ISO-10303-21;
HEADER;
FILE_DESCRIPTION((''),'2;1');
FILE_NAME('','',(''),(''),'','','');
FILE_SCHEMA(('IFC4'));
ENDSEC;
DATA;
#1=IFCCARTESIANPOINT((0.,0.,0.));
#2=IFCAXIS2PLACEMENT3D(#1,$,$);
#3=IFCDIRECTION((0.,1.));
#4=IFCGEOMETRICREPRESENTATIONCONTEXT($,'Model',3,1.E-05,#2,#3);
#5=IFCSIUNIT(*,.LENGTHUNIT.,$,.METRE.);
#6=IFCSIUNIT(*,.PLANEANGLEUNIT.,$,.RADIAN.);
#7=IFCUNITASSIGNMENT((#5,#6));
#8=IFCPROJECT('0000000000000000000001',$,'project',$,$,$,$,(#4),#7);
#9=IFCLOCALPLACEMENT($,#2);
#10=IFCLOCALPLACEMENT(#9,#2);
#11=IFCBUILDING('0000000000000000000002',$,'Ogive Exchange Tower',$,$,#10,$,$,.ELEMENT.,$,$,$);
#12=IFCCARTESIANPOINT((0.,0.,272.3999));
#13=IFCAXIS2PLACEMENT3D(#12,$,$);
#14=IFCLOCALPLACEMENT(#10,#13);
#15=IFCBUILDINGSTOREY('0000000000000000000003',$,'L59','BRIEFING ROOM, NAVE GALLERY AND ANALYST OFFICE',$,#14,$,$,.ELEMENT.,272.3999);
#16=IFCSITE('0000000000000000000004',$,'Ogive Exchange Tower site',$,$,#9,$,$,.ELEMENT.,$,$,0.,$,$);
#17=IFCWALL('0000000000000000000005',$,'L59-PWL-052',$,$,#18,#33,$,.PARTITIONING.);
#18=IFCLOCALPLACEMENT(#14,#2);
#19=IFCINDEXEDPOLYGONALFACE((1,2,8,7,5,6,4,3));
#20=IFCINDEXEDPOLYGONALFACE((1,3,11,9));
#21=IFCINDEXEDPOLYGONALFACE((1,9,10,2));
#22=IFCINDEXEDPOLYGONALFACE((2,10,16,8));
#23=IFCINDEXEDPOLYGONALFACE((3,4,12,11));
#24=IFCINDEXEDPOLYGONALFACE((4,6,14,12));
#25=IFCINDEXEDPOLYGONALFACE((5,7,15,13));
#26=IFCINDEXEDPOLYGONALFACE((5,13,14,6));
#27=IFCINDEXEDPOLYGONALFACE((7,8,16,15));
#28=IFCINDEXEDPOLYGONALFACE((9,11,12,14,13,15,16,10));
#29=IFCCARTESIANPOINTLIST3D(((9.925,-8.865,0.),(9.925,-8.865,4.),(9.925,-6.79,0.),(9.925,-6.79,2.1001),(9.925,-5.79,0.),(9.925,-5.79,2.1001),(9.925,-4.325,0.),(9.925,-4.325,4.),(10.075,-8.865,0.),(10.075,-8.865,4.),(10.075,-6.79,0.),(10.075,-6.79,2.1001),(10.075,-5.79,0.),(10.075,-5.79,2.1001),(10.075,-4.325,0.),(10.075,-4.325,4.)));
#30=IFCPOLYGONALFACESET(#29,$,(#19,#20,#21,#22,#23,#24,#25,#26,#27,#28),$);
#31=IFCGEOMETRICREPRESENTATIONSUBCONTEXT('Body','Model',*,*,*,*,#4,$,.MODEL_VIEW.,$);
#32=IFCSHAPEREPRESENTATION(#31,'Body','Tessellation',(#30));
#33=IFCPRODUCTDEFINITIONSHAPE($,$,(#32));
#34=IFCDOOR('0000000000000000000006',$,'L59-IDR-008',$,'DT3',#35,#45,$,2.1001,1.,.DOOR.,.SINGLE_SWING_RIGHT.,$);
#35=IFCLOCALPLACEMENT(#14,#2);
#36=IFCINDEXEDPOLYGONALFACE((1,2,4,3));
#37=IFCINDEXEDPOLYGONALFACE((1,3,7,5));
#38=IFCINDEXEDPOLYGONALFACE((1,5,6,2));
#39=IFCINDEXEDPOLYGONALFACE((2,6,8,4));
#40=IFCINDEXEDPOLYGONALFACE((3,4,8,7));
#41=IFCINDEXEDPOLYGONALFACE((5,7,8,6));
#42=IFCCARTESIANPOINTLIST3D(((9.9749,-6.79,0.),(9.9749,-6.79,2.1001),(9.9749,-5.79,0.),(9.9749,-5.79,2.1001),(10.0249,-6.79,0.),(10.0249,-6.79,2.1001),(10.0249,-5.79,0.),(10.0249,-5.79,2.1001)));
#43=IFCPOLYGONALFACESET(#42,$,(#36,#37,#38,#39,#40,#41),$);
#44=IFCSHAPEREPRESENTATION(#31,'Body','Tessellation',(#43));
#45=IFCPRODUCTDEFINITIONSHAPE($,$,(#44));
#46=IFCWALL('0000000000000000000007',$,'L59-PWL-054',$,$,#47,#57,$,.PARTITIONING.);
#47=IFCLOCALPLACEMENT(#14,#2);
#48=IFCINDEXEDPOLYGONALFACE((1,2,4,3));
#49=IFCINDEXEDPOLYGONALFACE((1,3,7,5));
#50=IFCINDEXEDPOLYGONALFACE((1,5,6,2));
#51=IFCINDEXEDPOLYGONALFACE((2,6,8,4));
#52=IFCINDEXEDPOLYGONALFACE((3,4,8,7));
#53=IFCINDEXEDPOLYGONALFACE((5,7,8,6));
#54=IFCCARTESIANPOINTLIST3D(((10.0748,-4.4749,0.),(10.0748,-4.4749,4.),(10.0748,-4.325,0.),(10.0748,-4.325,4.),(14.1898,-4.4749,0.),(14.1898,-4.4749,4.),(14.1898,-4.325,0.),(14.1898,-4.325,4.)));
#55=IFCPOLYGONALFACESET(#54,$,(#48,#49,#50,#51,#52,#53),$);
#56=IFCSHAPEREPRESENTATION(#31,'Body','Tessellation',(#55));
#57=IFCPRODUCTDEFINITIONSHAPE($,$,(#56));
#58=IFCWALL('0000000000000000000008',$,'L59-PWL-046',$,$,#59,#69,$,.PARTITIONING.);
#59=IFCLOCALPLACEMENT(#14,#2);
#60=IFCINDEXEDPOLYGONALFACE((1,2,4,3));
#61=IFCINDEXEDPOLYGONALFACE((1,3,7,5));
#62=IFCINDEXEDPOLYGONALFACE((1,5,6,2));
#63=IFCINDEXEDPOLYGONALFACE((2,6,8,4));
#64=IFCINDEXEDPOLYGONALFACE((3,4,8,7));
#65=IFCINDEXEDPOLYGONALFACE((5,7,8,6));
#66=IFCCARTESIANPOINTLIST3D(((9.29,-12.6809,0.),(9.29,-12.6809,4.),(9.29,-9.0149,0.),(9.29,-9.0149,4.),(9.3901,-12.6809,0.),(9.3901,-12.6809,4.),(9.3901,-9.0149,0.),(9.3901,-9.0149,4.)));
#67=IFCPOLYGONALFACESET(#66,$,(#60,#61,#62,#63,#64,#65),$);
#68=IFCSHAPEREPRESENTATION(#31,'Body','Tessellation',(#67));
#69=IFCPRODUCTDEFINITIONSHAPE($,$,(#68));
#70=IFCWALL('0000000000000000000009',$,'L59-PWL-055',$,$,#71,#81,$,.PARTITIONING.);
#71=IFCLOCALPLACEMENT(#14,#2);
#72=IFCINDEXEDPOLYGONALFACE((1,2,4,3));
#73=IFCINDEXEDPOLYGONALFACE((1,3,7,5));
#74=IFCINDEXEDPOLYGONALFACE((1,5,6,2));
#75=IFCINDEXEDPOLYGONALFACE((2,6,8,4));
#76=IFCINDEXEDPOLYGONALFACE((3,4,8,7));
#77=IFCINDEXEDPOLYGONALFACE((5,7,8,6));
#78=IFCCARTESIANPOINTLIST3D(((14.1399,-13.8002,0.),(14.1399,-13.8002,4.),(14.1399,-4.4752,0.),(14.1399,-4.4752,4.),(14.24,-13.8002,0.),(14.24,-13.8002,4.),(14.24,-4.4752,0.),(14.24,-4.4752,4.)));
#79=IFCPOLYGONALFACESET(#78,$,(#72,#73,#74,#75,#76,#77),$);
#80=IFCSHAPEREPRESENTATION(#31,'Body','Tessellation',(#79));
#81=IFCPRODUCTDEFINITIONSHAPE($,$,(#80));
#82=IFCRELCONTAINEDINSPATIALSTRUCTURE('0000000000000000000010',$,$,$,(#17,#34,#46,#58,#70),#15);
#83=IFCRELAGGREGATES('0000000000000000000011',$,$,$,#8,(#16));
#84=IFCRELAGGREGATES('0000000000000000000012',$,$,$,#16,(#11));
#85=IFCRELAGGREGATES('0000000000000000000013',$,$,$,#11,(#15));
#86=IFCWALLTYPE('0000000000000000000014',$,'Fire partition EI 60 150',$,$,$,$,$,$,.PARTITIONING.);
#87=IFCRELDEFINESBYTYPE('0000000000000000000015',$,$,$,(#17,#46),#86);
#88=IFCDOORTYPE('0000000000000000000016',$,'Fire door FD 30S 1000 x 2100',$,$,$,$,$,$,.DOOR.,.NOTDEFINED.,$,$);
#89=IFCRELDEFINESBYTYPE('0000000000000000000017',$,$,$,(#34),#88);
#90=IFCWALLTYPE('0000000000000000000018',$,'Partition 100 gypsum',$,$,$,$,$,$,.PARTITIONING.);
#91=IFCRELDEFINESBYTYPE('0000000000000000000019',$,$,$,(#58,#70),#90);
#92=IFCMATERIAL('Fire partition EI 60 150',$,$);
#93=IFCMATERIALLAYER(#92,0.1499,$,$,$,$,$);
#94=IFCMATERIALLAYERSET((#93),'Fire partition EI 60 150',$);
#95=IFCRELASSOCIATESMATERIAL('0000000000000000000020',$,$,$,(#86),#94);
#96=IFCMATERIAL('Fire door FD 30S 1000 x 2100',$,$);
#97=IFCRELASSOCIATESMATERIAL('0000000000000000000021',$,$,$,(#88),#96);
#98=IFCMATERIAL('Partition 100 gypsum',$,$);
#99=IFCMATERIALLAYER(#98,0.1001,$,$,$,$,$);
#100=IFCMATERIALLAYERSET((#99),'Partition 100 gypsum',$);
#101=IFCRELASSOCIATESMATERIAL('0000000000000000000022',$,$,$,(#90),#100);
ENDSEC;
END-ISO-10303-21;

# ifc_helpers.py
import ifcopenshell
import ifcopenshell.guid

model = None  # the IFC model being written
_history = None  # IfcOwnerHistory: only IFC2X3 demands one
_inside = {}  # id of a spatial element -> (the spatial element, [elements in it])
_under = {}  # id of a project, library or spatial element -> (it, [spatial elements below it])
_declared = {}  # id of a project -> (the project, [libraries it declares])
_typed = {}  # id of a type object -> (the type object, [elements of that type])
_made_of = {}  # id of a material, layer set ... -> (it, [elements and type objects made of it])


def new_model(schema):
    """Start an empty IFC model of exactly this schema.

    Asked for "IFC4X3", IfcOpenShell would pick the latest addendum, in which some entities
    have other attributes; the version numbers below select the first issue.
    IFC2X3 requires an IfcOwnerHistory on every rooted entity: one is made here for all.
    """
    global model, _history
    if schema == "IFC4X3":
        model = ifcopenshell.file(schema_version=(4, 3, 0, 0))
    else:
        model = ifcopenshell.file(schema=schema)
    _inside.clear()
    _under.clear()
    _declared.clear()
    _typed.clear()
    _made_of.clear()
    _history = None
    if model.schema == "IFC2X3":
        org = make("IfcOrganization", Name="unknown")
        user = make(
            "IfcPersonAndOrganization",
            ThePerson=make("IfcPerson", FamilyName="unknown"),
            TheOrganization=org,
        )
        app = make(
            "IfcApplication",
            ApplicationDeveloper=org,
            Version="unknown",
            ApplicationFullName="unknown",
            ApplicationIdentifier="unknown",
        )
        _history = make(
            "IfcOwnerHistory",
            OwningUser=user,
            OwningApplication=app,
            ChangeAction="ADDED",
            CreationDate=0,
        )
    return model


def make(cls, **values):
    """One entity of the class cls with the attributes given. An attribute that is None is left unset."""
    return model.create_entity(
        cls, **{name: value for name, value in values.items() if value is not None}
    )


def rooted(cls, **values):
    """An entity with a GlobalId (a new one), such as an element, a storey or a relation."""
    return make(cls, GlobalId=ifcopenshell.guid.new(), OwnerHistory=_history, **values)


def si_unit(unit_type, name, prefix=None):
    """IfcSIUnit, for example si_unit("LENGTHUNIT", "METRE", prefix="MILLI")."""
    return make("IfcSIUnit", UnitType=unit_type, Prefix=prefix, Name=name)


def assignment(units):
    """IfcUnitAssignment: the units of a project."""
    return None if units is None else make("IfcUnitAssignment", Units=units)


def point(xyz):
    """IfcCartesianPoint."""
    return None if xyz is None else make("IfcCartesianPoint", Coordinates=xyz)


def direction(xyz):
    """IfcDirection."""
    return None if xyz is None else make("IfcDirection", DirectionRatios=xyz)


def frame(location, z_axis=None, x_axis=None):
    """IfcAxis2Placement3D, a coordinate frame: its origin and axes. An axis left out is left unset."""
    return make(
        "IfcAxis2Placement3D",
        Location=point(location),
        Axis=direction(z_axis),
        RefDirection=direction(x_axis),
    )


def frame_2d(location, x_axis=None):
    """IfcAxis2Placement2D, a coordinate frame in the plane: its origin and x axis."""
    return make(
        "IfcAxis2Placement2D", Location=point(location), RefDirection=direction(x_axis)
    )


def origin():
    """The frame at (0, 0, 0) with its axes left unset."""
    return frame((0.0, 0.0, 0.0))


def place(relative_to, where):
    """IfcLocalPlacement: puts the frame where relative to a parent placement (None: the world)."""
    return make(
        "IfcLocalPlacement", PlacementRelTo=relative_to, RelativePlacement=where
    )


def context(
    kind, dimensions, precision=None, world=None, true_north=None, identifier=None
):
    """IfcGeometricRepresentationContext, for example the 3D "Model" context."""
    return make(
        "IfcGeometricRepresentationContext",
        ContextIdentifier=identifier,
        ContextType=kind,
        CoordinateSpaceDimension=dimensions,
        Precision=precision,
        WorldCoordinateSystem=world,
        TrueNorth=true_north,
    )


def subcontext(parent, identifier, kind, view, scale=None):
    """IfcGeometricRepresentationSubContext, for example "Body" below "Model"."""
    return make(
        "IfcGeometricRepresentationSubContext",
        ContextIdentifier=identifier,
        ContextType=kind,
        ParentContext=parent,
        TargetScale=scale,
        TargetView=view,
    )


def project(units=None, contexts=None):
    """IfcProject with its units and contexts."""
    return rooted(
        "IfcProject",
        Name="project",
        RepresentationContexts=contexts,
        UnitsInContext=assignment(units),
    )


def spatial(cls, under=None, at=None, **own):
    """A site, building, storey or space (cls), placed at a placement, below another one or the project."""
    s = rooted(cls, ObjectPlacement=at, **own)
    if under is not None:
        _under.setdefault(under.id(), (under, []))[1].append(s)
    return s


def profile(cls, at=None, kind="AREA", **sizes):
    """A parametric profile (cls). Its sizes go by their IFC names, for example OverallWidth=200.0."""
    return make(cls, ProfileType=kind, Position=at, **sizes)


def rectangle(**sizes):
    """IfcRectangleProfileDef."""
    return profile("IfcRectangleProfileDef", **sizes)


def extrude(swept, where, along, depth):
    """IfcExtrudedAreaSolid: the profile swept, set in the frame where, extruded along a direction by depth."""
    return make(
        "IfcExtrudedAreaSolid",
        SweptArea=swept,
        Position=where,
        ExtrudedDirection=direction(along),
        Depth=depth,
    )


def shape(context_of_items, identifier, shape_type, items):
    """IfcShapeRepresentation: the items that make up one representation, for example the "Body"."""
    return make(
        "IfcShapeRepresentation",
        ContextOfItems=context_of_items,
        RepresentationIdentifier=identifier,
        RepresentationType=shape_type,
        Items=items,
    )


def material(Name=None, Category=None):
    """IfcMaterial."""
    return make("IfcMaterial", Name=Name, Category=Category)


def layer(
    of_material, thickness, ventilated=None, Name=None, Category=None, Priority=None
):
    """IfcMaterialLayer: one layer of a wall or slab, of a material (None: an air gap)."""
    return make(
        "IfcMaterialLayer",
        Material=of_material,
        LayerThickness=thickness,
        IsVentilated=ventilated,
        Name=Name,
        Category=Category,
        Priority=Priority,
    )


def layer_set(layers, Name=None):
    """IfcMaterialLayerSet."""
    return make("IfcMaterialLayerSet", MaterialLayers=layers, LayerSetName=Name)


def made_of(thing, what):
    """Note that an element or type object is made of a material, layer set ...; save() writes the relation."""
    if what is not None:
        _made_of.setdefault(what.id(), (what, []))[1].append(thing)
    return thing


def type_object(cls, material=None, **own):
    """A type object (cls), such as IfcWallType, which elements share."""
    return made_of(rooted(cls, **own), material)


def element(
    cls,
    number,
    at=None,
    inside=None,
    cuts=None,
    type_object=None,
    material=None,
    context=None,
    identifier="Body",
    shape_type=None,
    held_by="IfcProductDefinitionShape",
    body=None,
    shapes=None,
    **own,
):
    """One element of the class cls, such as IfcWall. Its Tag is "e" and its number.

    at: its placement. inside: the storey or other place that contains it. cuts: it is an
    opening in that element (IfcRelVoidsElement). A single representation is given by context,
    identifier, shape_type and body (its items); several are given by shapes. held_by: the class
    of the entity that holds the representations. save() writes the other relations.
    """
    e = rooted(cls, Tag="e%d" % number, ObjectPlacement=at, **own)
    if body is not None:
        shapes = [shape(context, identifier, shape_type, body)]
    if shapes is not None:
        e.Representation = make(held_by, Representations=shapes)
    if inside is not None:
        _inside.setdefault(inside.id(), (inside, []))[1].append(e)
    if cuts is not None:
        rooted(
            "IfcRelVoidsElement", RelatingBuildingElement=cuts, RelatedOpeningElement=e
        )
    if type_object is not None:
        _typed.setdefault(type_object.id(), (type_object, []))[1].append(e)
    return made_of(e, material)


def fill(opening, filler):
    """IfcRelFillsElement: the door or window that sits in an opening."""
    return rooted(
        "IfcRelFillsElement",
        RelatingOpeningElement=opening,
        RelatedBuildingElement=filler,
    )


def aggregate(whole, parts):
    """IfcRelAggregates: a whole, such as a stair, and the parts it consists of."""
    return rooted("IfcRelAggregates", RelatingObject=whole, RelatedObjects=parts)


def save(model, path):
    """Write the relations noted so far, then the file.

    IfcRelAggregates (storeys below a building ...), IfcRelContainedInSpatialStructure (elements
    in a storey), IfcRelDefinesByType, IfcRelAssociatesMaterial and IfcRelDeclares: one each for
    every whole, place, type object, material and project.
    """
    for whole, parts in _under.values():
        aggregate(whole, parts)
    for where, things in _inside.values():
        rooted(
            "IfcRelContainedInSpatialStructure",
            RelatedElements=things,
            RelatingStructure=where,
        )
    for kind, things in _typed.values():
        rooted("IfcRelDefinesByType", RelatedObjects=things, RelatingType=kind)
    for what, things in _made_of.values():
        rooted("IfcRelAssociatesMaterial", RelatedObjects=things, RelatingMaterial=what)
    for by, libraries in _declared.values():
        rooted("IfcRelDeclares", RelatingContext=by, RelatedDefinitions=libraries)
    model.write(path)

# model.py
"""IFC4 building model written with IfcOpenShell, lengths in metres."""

from ifc_helpers import new_model, si_unit, direction, frame, frame_2d, origin, place, context, subcontext, project, spatial, rectangle, extrude, material, layer, layer_set, type_object, element, fill, save


model = new_model("IFC4")

# Units and contexts
model_context = context("Model", 3, precision=1e-05, world=origin(), true_north=direction((0.0, 1.0)))
body_context = subcontext(model_context, "Body", "Model", "MODEL_VIEW")
ifc_project = project(units=[si_unit("LENGTHUNIT", "METRE"), si_unit("PLANEANGLEUNIT", "RADIAN")], contexts=[model_context])

# Site, building, storey
site_placement = place(None, origin())
site = spatial("IfcSite", under=ifc_project, at=site_placement, Name="Ogive Exchange Tower site", CompositionType="ELEMENT", RefElevation=0.0)
building_placement = place(site_placement, origin())
building = spatial("IfcBuilding", under=site, at=building_placement, Name="Ogive Exchange Tower", CompositionType="ELEMENT")
storey_placement = place(building_placement, frame((0.0, 0.0, 272.3999)))
storey = spatial("IfcBuildingStorey", under=building, at=storey_placement, Name="L59", Description="BRIEFING ROOM, NAVE GALLERY AND ANALYST OFFICE", CompositionType="ELEMENT", Elevation=272.3999)

# Shared definitions
ifc_material_1 = material(Name="Fire partition EI 60 150")
ifc_layer_1 = layer(ifc_material_1, 0.1499)
ifc_layer_set_1 = layer_set([ifc_layer_1], Name="Fire partition EI 60 150")
wall_type_1 = type_object("IfcWallType", Name="Fire partition EI 60 150", PredefinedType="PARTITIONING", material=ifc_layer_set_1)

# Shared definitions
ifc_material_2 = material(Name="Fire door FD 30S 1000 x 2100")
door_type_1 = type_object("IfcDoorType", Name="Fire door FD 30S 1000 x 2100", OperationType="NOTDEFINED", PredefinedType="DOOR", material=ifc_material_2)

# Wall, opening, door
wall_1_placement = place(storey_placement, frame((10.0, -4.325, 0.0), z_axis=(0.0, 0.0, 1.0), x_axis=(0.0, -1.0, 0.0)))
wall_1 = element("IfcWall", 1, at=wall_1_placement, inside=storey, type_object=wall_type_1, Name="L59-PWL-052", PredefinedType="PARTITIONING", context=body_context, shape_type="SweptSolid", body=[
    extrude(rectangle(XDim=4.54, YDim=0.1499, at=frame_2d((2.27, 0.0))), origin(), (0.0, 0.0, 1.0), 4.0),
])
opening_1_placement = place(wall_1_placement, frame((1.4651, 0.0, 0.0)))
opening_1 = element("IfcOpeningElement", 2, at=opening_1_placement, cuts=wall_1, PredefinedType="OPENING", context=body_context, shape_type="SweptSolid", body=[
    extrude(rectangle(XDim=1.0, YDim=2.1001, at=frame_2d((0.5, 1.05))), frame((0.0, 0.085, 0.0), z_axis=(0.0, -1.0, 0.0), x_axis=(1.0, 0.0, 0.0)), (0.0, 0.0, 1.0), 0.1699),
])
door_1_placement = place(opening_1_placement, origin())
door_1 = element("IfcDoor", 3, at=door_1_placement, inside=storey, type_object=door_type_1, Name="L59-IDR-008", ObjectType="DT3", OperationType="SINGLE_SWING_RIGHT", OverallHeight=2.1001, OverallWidth=1.0, PredefinedType="DOOR", context=body_context, shape_type="SweptSolid", body=[
    extrude(rectangle(XDim=1.0, YDim=2.1001, at=frame_2d((0.5, 1.05))), frame((0.0, 0.0249, 0.0), z_axis=(0.0, -1.0, 0.0), x_axis=(1.0, 0.0, 0.0)), (0.0, 0.0, 1.0), 0.05),
])
fill(opening_1, door_1)

# Walls
wall_2_placement = place(storey_placement, frame((14.1899, -4.3999, 0.0), z_axis=(0.0, 0.0, 1.0), x_axis=(-1.0, 0.0, 0.0)))
element("IfcWall", 4, at=wall_2_placement, inside=storey, type_object=wall_type_1, Name="L59-PWL-054", PredefinedType="PARTITIONING", context=body_context, shape_type="SweptSolid", body=[
    extrude(rectangle(XDim=4.115, YDim=0.1499, at=frame_2d((2.0576, 0.0))), origin(), (0.0, 0.0, 1.0), 4.0),
])
ifc_material_3 = material(Name="Partition 100 gypsum")
ifc_layer_2 = layer(ifc_material_3, 0.1001)
ifc_layer_set_2 = layer_set([ifc_layer_2], Name="Partition 100 gypsum")
wall_type_2 = type_object("IfcWallType", Name="Partition 100 gypsum", PredefinedType="PARTITIONING", material=ifc_layer_set_2)
wall_3_placement = place(storey_placement, frame((9.3401, -9.0149, 0.0), z_axis=(0.0, 0.0, 1.0), x_axis=(0.0, -1.0, 0.0)))
element("IfcWall", 5, at=wall_3_placement, inside=storey, type_object=wall_type_2, Name="L59-PWL-046", PredefinedType="PARTITIONING", context=body_context, shape_type="SweptSolid", body=[
    extrude(rectangle(XDim=3.666, YDim=0.1001, at=frame_2d((1.833, 0.0))), origin(), (0.0, 0.0, 1.0), 4.0),
])
wall_4_placement = place(storey_placement, frame((14.1899, -4.4751, 0.0), z_axis=(0.0, 0.0, 1.0), x_axis=(0.0, -1.0, 0.0)))
element("IfcWall", 6, at=wall_4_placement, inside=storey, type_object=wall_type_2, Name="L59-PWL-055", PredefinedType="PARTITIONING", context=body_context, shape_type="SweptSolid", body=[
    extrude(rectangle(XDim=9.325, YDim=0.1001, at=frame_2d((4.6626, 0.0))), origin(), (0.0, 0.0, 1.0), 4.0),
])

save(model, "model.ifc")
